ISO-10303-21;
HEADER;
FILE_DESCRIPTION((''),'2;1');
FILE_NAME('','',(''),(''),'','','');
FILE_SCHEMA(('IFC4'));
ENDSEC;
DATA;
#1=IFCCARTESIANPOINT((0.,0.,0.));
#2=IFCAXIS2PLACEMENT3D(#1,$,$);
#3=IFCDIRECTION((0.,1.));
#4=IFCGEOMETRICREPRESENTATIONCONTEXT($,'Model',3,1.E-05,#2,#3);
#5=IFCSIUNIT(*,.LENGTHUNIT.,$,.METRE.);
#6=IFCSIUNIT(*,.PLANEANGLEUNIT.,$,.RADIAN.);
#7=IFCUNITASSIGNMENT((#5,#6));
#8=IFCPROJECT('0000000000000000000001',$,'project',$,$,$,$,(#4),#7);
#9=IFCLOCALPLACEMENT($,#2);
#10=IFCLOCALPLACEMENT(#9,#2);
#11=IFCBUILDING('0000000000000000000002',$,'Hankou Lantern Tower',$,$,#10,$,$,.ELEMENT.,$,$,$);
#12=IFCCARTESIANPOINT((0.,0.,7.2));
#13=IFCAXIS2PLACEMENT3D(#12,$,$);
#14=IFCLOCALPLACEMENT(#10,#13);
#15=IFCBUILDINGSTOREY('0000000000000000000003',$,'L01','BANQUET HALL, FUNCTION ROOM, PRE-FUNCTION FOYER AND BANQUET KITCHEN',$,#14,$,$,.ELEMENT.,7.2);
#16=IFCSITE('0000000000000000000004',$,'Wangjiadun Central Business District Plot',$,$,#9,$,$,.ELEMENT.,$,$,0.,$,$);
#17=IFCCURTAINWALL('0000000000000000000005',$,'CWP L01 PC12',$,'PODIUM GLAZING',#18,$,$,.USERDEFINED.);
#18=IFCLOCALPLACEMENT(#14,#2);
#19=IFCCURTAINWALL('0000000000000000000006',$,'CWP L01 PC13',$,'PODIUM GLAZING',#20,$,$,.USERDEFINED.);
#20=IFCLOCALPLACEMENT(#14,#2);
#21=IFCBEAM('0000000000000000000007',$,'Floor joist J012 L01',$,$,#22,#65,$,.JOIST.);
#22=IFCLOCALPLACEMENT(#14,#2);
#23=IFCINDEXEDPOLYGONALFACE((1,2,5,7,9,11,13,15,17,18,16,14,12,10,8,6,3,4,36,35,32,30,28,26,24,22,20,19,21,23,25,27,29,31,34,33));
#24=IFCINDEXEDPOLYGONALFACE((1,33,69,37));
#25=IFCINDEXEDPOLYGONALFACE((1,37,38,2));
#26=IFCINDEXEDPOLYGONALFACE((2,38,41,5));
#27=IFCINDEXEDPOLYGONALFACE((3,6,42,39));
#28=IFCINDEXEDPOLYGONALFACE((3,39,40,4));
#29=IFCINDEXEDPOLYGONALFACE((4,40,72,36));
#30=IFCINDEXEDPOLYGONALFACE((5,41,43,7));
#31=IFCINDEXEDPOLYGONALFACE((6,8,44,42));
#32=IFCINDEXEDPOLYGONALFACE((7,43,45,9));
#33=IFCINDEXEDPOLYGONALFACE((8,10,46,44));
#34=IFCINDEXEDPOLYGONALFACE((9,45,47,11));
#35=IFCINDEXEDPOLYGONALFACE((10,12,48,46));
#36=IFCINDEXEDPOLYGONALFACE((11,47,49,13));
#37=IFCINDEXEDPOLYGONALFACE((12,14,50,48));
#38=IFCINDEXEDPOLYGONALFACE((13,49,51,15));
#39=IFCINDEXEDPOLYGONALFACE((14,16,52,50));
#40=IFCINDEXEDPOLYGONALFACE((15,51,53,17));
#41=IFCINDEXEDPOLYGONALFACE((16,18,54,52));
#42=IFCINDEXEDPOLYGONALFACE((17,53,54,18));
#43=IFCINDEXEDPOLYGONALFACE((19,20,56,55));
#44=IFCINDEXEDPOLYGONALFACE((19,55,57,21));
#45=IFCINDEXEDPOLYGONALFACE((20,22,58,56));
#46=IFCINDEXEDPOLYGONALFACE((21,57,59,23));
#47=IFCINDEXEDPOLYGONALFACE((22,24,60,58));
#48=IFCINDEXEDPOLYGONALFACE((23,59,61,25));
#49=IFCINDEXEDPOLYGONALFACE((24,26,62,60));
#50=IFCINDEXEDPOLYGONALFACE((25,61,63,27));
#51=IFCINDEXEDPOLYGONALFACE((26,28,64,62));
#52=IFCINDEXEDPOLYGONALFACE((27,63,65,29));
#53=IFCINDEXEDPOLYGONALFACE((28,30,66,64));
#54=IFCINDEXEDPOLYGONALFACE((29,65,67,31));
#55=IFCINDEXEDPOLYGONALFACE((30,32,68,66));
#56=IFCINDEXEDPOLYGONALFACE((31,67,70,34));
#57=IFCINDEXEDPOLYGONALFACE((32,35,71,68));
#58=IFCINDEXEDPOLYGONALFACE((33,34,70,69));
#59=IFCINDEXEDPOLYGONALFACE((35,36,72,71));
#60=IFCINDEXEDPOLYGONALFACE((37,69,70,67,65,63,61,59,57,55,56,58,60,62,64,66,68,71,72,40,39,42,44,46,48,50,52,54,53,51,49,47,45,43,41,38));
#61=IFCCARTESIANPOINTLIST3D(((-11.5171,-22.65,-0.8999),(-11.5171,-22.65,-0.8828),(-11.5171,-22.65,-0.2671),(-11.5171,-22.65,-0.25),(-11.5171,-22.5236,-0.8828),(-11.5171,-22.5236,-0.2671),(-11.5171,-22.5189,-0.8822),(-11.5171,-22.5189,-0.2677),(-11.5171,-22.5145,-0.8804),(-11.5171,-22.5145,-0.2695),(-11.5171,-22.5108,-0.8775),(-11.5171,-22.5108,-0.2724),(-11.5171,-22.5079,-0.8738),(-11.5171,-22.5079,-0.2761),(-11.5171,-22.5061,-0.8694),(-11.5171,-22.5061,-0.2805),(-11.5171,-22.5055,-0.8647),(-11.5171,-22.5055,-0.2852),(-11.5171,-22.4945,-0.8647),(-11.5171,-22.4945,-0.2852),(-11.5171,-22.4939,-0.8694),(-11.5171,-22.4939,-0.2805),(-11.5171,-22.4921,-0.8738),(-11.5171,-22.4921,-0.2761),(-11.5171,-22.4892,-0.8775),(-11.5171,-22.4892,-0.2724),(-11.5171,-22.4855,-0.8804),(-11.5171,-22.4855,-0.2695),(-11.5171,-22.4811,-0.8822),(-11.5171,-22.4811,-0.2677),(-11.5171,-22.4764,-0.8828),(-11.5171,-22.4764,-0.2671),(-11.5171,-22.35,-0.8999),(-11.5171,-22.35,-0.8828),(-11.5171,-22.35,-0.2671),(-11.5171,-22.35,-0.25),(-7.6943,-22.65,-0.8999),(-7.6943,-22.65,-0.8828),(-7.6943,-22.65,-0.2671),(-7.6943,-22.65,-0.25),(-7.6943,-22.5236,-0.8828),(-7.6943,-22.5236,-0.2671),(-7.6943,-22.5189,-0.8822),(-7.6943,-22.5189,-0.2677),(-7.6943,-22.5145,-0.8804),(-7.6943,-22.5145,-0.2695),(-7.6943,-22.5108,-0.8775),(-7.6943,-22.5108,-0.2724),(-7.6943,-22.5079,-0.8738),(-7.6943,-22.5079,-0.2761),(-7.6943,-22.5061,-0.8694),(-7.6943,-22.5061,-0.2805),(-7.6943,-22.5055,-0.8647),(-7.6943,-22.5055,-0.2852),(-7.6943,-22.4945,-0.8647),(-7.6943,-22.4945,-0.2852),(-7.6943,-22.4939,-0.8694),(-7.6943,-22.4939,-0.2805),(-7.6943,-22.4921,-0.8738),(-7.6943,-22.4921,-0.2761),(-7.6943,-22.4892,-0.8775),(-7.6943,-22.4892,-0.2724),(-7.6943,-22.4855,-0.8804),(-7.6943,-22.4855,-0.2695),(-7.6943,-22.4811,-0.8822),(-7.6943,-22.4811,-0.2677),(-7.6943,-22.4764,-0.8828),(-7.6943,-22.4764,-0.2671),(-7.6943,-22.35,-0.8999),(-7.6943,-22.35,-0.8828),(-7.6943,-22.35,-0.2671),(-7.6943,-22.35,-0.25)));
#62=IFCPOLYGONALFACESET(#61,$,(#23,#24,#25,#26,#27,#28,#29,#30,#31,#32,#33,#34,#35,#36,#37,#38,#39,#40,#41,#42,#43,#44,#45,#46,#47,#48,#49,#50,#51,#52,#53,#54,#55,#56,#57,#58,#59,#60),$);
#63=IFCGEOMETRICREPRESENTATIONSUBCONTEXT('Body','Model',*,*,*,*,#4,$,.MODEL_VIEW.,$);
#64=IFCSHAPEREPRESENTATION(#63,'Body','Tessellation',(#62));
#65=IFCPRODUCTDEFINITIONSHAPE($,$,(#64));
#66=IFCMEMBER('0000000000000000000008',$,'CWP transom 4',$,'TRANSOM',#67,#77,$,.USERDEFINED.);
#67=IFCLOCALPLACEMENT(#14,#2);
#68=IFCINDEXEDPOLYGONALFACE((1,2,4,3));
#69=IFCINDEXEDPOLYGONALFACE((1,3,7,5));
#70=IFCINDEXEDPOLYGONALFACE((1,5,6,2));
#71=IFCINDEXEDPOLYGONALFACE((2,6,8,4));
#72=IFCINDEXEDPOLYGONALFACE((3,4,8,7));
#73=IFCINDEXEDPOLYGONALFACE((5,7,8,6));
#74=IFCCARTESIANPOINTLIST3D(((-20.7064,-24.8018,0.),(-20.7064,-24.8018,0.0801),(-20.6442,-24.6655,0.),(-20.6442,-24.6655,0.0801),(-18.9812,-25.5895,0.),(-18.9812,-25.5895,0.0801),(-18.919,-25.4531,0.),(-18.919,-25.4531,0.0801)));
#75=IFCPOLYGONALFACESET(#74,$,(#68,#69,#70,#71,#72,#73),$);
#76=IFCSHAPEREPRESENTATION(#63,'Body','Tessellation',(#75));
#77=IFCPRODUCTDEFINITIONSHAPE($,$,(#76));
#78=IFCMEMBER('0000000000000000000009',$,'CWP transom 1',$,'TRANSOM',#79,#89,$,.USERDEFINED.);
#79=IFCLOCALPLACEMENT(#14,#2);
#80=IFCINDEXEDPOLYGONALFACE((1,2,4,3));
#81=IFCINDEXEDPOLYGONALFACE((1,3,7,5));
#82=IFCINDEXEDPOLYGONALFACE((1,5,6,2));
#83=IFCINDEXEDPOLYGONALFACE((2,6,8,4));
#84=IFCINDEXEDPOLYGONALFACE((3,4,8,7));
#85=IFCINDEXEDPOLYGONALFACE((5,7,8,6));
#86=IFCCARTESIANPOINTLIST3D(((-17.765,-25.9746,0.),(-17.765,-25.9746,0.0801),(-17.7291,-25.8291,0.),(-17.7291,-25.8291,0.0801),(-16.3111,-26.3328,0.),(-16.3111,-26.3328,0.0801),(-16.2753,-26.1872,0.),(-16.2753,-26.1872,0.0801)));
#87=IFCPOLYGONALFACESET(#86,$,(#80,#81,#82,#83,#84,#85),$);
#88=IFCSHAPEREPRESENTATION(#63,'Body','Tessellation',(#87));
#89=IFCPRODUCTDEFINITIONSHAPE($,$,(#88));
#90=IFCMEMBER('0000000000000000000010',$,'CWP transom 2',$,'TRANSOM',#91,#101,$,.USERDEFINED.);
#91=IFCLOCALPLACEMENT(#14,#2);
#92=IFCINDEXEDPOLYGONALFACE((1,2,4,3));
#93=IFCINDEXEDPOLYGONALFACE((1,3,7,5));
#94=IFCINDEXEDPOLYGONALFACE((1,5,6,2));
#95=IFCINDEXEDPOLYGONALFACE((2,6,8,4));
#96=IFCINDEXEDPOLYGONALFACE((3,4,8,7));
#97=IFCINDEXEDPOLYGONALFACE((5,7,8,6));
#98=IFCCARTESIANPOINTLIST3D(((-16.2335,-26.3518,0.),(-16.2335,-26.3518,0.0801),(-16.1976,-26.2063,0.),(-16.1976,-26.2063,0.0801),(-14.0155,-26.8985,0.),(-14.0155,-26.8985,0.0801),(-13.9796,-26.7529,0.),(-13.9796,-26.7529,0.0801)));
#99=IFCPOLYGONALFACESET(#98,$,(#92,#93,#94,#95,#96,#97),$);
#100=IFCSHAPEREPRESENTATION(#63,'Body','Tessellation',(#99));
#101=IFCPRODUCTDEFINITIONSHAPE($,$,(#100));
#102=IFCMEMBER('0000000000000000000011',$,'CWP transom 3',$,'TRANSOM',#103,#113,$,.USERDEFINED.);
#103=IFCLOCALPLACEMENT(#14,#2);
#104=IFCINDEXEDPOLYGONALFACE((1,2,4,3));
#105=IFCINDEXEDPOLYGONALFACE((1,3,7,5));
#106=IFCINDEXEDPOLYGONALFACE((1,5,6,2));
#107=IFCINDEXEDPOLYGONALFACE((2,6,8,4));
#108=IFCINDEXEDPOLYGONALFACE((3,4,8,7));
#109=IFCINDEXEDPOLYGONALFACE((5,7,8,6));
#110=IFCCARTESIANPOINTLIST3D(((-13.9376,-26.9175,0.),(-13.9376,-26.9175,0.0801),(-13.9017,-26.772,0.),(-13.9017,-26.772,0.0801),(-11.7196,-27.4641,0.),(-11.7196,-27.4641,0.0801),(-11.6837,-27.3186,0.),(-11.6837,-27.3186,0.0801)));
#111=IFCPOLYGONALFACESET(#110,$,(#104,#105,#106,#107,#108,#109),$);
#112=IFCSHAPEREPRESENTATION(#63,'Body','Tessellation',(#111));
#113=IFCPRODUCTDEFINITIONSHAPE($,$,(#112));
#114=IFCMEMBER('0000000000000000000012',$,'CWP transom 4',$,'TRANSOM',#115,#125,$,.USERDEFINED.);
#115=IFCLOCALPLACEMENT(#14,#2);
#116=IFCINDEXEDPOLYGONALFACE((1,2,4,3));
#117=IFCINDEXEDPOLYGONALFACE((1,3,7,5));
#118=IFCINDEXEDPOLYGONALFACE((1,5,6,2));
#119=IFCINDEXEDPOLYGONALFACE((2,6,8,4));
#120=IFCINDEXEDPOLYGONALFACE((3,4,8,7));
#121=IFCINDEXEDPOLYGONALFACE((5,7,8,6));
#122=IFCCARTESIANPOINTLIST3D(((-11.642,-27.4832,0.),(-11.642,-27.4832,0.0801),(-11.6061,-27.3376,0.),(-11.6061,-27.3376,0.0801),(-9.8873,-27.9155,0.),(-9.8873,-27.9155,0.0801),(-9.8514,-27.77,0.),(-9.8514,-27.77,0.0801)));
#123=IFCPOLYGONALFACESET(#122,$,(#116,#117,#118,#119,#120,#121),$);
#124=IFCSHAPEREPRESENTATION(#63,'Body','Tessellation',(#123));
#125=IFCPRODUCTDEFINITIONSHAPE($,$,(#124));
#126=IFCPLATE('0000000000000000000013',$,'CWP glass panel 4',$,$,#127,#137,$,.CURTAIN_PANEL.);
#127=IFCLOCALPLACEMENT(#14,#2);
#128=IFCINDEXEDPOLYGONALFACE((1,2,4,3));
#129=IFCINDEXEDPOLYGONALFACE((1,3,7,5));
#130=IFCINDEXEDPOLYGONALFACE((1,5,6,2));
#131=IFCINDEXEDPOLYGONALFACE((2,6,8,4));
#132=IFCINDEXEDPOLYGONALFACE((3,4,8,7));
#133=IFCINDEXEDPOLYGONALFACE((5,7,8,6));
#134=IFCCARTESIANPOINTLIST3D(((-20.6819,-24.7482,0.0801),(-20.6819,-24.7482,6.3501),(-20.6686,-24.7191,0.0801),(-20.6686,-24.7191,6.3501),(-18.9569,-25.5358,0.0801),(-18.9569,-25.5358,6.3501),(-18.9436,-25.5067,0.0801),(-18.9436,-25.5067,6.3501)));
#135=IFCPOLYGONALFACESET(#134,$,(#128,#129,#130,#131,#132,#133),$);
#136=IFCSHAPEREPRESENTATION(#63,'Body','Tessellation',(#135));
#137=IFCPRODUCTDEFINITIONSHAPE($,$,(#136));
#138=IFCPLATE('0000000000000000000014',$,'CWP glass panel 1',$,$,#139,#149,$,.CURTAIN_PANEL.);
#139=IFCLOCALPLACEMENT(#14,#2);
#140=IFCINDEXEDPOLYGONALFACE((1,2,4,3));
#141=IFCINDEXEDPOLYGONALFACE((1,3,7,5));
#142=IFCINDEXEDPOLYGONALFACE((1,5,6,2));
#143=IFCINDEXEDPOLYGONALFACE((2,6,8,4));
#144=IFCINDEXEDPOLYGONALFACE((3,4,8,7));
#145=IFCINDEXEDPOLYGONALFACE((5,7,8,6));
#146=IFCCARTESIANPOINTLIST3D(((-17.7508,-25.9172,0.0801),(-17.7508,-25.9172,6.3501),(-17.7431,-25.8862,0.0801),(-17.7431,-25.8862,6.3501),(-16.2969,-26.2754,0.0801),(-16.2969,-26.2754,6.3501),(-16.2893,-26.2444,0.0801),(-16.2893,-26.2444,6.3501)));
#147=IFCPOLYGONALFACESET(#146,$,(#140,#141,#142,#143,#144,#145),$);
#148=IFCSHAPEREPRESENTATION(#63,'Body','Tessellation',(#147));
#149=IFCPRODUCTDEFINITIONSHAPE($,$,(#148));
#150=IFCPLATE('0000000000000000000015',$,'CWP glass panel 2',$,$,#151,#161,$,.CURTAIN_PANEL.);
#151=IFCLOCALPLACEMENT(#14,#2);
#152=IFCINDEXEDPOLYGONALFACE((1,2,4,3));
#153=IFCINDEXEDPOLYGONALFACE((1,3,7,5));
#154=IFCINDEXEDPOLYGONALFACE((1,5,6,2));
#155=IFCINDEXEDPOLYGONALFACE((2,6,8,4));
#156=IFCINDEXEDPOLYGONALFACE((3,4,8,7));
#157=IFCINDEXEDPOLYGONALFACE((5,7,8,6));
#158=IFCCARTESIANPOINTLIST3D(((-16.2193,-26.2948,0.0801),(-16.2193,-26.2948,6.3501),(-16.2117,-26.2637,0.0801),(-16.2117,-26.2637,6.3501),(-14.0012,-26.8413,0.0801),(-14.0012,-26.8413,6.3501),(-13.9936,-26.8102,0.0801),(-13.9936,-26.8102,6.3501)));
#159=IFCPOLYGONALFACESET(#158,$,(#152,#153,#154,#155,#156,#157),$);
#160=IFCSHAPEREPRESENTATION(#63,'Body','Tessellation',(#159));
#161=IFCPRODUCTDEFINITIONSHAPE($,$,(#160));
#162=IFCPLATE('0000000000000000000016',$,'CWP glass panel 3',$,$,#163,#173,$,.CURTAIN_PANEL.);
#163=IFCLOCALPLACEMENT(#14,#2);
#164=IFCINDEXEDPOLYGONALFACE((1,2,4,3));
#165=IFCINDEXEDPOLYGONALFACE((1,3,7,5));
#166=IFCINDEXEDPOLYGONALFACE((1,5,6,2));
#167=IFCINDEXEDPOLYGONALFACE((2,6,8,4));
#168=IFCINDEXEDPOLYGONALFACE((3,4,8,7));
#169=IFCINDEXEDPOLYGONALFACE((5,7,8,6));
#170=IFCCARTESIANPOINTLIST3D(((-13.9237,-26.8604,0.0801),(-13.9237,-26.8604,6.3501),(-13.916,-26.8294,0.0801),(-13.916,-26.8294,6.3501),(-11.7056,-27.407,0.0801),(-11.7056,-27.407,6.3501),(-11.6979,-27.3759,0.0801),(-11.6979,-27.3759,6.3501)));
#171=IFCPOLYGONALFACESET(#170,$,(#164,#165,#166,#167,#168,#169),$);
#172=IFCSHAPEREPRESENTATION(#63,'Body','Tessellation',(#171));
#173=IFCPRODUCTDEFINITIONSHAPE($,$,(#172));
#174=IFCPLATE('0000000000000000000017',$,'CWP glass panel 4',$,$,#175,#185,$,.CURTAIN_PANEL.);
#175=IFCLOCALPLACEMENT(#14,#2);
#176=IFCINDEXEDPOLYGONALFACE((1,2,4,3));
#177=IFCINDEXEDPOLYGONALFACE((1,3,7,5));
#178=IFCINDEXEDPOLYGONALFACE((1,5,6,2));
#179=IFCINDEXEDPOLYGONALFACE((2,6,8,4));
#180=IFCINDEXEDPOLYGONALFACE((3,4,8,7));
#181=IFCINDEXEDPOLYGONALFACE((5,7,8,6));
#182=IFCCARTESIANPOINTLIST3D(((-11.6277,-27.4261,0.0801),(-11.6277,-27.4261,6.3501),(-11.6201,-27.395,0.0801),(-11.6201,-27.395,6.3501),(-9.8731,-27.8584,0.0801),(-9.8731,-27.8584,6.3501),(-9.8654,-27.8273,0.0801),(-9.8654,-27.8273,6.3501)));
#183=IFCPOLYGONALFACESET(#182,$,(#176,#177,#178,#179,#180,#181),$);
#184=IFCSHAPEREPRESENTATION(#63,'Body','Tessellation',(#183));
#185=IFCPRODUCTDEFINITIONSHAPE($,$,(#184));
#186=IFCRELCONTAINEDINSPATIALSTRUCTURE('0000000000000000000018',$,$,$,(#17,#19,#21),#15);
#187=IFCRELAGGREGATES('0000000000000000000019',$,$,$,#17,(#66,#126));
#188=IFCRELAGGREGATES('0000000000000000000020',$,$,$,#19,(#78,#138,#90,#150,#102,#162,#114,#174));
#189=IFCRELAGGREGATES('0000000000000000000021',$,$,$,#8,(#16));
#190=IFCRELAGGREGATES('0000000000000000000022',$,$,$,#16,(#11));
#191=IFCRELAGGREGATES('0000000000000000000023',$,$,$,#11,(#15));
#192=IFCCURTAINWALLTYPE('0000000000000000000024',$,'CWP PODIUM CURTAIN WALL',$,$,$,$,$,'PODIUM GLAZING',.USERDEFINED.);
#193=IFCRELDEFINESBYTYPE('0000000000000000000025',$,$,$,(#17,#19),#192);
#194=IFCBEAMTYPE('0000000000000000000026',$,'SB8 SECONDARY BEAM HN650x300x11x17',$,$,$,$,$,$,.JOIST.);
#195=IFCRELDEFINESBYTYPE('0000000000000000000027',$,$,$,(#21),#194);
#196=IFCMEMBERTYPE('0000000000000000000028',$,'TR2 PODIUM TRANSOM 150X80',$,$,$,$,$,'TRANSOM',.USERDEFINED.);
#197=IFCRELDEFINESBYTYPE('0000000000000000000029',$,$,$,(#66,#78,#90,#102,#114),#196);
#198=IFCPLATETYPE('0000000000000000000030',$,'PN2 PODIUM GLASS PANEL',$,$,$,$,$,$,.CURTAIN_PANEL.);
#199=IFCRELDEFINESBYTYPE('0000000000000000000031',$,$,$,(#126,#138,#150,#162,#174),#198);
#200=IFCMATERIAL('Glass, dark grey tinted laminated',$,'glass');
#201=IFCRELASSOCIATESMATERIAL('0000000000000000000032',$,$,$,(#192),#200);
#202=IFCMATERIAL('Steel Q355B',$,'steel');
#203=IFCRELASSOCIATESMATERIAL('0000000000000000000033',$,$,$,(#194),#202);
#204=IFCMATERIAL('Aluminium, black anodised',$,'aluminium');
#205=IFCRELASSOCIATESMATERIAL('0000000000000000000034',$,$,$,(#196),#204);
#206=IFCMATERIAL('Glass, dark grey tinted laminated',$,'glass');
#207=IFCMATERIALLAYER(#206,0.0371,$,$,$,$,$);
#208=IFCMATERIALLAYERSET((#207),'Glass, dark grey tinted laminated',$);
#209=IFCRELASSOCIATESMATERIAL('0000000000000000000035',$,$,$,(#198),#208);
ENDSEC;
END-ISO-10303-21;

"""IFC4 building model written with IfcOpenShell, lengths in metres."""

from ifc_helpers import new_model, si_unit, direction, frame, origin, origin_2d, place, context, subcontext, project, spatial, rectangle, i_section, extrude, material, layer, layer_set, material_profile, profile_set, type_object, element, aggregate, save


model = new_model("IFC4")

# Units and contexts
model_context = context("Model", 3, precision=1e-05, world=origin(), true_north=direction((0.0, 1.0)))
body_context = subcontext(model_context, "Body", "Model", "MODEL_VIEW")
ifc_project = project(units=[si_unit("LENGTHUNIT", "METRE"), si_unit("PLANEANGLEUNIT", "RADIAN")], contexts=[model_context])

# Site, building, storey
site_placement = place(None, origin())
site = spatial("IfcSite", under=ifc_project, at=site_placement, Name="Wangjiadun Central Business District Plot", CompositionType="ELEMENT", RefElevation=0.0)
building_placement = place(site_placement, origin())
building = spatial("IfcBuilding", under=site, at=building_placement, Name="Hankou Lantern Tower", CompositionType="ELEMENT")
storey_placement = place(building_placement, frame((0.0, 0.0, 7.2)))
storey = spatial("IfcBuildingStorey", under=building, at=storey_placement, Name="L01", Description="BANQUET HALL, FUNCTION ROOM, PRE-FUNCTION FOYER AND BANQUET KITCHEN", CompositionType="ELEMENT", Elevation=7.2)

# Curtain wall
ifc_material_1 = material(Name="Glass, dark grey tinted laminated", Category="glass")
curtain_wall_type = type_object("IfcCurtainWallType", Name="CWP PODIUM CURTAIN WALL", ElementType="PODIUM GLAZING", PredefinedType="USERDEFINED", material=ifc_material_1)
curtain_wall_1_placement = place(storey_placement, origin())
curtain_wall_1 = element("IfcCurtainWall", 1, at=curtain_wall_1_placement, inside=storey, type_object=curtain_wall_type, Name="CWP L01 PC12", ObjectType="PODIUM GLAZING", PredefinedType="USERDEFINED")

# Curtain wall
curtain_wall_2_placement = place(storey_placement, origin())
curtain_wall_2 = element("IfcCurtainWall", 2, at=curtain_wall_2_placement, inside=storey, type_object=curtain_wall_type, Name="CWP L01 PC13", ObjectType="PODIUM GLAZING", PredefinedType="USERDEFINED")

# Beam
ifc_material_2 = material(Name="Steel Q355B", Category="steel")
ifc_material_profile_1 = material_profile(ifc_material_2, i_section(OverallWidth=0.3, OverallDepth=0.6499, WebThickness=0.011, FlangeThickness=0.0171, FilletRadius=0.0181, at=origin_2d()), Name="HN650x300x11x17")
ifc_profile_set_1 = profile_set([ifc_material_profile_1], Name="Steel Q355B")
beam_type_1 = type_object("IfcBeamType", Name="SB8 SECONDARY BEAM HN650x300x11x17", PredefinedType="JOIST", material=ifc_profile_set_1)
beam_1_placement = place(storey_placement, frame((-11.5171, -22.5, -0.575), z_axis=(1.0, 0.0, 0.0), x_axis=(0.0, 1.0, 0.0)))
element("IfcBeam", 3, at=beam_1_placement, inside=storey, type_object=beam_type_1, Name="Floor joist J012 L01", PredefinedType="JOIST", context=body_context, shape_type="SweptSolid", body=[
    extrude(i_section(OverallWidth=0.3, OverallDepth=0.6499, WebThickness=0.011, FlangeThickness=0.0171, FilletRadius=0.0181, at=origin_2d()), origin(), (0.0, 0.0, 1.0), 3.8228),
])

# Members
ifc_material_3 = material(Name="Aluminium, black anodised", Category="aluminium")
ifc_material_profile_2 = material_profile(ifc_material_3, rectangle(XDim=0.1499, YDim=0.0801, at=origin_2d()), Name="TR2 150X80")
ifc_profile_set_2 = profile_set([ifc_material_profile_2], Name="Aluminium, black anodised")
member_type_1 = type_object("IfcMemberType", Name="TR2 PODIUM TRANSOM 150X80", ElementType="TRANSOM", PredefinedType="USERDEFINED", material=ifc_profile_set_2)
member_1_placement = place(storey_placement, frame((-20.6753, -24.7336, 0.04), z_axis=(0.909677, -0.415316, 0.0), x_axis=(0.415316, 0.909677, 0.0)))
member_1 = element("IfcMember", 4, at=member_1_placement, type_object=member_type_1, Name="CWP transom 4", ObjectType="TRANSOM", PredefinedType="USERDEFINED", context=body_context, shape_type="SweptSolid", body=[
    extrude(rectangle(XDim=0.1499, YDim=0.0801, at=origin_2d()), origin(), (0.0, 0.0, 1.0), 1.8965),
])
member_2_placement = place(storey_placement, frame((-17.7471, -25.9019, 0.04), z_axis=(0.970971, -0.239196, 0.0), x_axis=(0.239196, 0.970971, 0.0)))
member_2 = element("IfcMember", 5, at=member_2_placement, type_object=member_type_1, Name="CWP transom 1", ObjectType="TRANSOM", PredefinedType="USERDEFINED", context=body_context, shape_type="SweptSolid", body=[
    extrude(rectangle(XDim=0.1499, YDim=0.0801, at=origin_2d()), origin(), (0.0, 0.0, 1.0), 1.4973),
])
member_3_placement = place(storey_placement, frame((-16.2156, -26.2791, 0.04), z_axis=(0.970948, -0.23929, 0.0), x_axis=(0.23929, 0.970948, 0.0)))
member_3 = element("IfcMember", 6, at=member_3_placement, type_object=member_type_1, Name="CWP transom 2", ObjectType="TRANSOM", PredefinedType="USERDEFINED", context=body_context, shape_type="SweptSolid", body=[
    extrude(rectangle(XDim=0.1499, YDim=0.0801, at=origin_2d()), origin(), (0.0, 0.0, 1.0), 2.2844),
])
member_4_placement = place(storey_placement, frame((-13.9197, -26.8447, 0.04), z_axis=(0.970948, -0.23929, 0.0), x_axis=(0.23929, 0.970948, 0.0)))
member_4 = element("IfcMember", 7, at=member_4_placement, type_object=member_type_1, Name="CWP transom 3", ObjectType="TRANSOM", PredefinedType="USERDEFINED", context=body_context, shape_type="SweptSolid", body=[
    extrude(rectangle(XDim=0.1499, YDim=0.0801, at=origin_2d()), origin(), (0.0, 0.0, 1.0), 2.2844),
])
member_5_placement = place(storey_placement, frame((-11.624, -27.4104, 0.04), z_axis=(0.970956, -0.23926, 0.0), x_axis=(0.23926, 0.970956, 0.0)))
member_5 = element("IfcMember", 8, at=member_5_placement, type_object=member_type_1, Name="CWP transom 4", ObjectType="TRANSOM", PredefinedType="USERDEFINED", context=body_context, shape_type="SweptSolid", body=[
    extrude(rectangle(XDim=0.1499, YDim=0.0801, at=origin_2d()), origin(), (0.0, 0.0, 1.0), 1.8071),
])

# Plates
ifc_material_4 = material(Name="Glass, dark grey tinted laminated", Category="glass")
ifc_layer = layer(ifc_material_4, 0.0371)
ifc_layer_set = layer_set([ifc_layer], Name="Glass, dark grey tinted laminated")
plate_type = type_object("IfcPlateType", Name="PN2 PODIUM GLASS PANEL", PredefinedType="CURTAIN_PANEL", material=ifc_layer_set)
plate_1_placement = place(storey_placement, frame((-19.8127, -25.1274, 0.0801), z_axis=(0.0, 0.0, 1.0), x_axis=(0.90967, -0.415332, 0.0)))
plate_1 = element("IfcPlate", 9, at=plate_1_placement, type_object=plate_type, Name="CWP glass panel 4", PredefinedType="CURTAIN_PANEL", context=body_context, shape_type="SweptSolid", body=[
    extrude(rectangle(XDim=1.8962, YDim=0.032, at=origin_2d()), origin(), (0.0, 0.0, 1.0), 6.27),
])
aggregate(curtain_wall_1, [member_1, plate_1])
plate_2_placement = place(storey_placement, frame((-17.02, -26.0808, 0.0801), z_axis=(0.0, 0.0, 1.0), x_axis=(0.970961, -0.239238, 0.0)))
plate_2 = element("IfcPlate", 10, at=plate_2_placement, type_object=plate_type, Name="CWP glass panel 1", PredefinedType="CURTAIN_PANEL", context=body_context, shape_type="SweptSolid", body=[
    extrude(rectangle(XDim=1.4973, YDim=0.032, at=origin_2d()), origin(), (0.0, 0.0, 1.0), 6.27),
])
plate_3_placement = place(storey_placement, frame((-15.1064, -26.5525, 0.0801), z_axis=(0.0, 0.0, 1.0), x_axis=(0.970961, -0.239238, 0.0)))
plate_3 = element("IfcPlate", 11, at=plate_3_placement, type_object=plate_type, Name="CWP glass panel 2", PredefinedType="CURTAIN_PANEL", context=body_context, shape_type="SweptSolid", body=[
    extrude(rectangle(XDim=2.2844, YDim=0.032, at=origin_2d()), origin(), (0.0, 0.0, 1.0), 6.27),
])
plate_4_placement = place(storey_placement, frame((-12.8108, -27.1182, 0.0801), z_axis=(0.0, 0.0, 1.0), x_axis=(0.970961, -0.239238, 0.0)))
plate_4 = element("IfcPlate", 12, at=plate_4_placement, type_object=plate_type, Name="CWP glass panel 3", PredefinedType="CURTAIN_PANEL", context=body_context, shape_type="SweptSolid", body=[
    extrude(rectangle(XDim=2.2844, YDim=0.032, at=origin_2d()), origin(), (0.0, 0.0, 1.0), 6.27),
])
plate_5_placement = place(storey_placement, frame((-10.7466, -27.6267, 0.0801), z_axis=(0.0, 0.0, 1.0), x_axis=(0.970961, -0.239238, 0.0)))
plate_5 = element("IfcPlate", 13, at=plate_5_placement, type_object=plate_type, Name="CWP glass panel 4", PredefinedType="CURTAIN_PANEL", context=body_context, shape_type="SweptSolid", body=[
    extrude(rectangle(XDim=1.8071, YDim=0.032, at=origin_2d()), origin(), (0.0, 0.0, 1.0), 6.27),
])
aggregate(curtain_wall_2, [member_2, plate_2, member_3, plate_3, member_4, plate_4, member_5, plate_5])

save(model, "model.ifc")
